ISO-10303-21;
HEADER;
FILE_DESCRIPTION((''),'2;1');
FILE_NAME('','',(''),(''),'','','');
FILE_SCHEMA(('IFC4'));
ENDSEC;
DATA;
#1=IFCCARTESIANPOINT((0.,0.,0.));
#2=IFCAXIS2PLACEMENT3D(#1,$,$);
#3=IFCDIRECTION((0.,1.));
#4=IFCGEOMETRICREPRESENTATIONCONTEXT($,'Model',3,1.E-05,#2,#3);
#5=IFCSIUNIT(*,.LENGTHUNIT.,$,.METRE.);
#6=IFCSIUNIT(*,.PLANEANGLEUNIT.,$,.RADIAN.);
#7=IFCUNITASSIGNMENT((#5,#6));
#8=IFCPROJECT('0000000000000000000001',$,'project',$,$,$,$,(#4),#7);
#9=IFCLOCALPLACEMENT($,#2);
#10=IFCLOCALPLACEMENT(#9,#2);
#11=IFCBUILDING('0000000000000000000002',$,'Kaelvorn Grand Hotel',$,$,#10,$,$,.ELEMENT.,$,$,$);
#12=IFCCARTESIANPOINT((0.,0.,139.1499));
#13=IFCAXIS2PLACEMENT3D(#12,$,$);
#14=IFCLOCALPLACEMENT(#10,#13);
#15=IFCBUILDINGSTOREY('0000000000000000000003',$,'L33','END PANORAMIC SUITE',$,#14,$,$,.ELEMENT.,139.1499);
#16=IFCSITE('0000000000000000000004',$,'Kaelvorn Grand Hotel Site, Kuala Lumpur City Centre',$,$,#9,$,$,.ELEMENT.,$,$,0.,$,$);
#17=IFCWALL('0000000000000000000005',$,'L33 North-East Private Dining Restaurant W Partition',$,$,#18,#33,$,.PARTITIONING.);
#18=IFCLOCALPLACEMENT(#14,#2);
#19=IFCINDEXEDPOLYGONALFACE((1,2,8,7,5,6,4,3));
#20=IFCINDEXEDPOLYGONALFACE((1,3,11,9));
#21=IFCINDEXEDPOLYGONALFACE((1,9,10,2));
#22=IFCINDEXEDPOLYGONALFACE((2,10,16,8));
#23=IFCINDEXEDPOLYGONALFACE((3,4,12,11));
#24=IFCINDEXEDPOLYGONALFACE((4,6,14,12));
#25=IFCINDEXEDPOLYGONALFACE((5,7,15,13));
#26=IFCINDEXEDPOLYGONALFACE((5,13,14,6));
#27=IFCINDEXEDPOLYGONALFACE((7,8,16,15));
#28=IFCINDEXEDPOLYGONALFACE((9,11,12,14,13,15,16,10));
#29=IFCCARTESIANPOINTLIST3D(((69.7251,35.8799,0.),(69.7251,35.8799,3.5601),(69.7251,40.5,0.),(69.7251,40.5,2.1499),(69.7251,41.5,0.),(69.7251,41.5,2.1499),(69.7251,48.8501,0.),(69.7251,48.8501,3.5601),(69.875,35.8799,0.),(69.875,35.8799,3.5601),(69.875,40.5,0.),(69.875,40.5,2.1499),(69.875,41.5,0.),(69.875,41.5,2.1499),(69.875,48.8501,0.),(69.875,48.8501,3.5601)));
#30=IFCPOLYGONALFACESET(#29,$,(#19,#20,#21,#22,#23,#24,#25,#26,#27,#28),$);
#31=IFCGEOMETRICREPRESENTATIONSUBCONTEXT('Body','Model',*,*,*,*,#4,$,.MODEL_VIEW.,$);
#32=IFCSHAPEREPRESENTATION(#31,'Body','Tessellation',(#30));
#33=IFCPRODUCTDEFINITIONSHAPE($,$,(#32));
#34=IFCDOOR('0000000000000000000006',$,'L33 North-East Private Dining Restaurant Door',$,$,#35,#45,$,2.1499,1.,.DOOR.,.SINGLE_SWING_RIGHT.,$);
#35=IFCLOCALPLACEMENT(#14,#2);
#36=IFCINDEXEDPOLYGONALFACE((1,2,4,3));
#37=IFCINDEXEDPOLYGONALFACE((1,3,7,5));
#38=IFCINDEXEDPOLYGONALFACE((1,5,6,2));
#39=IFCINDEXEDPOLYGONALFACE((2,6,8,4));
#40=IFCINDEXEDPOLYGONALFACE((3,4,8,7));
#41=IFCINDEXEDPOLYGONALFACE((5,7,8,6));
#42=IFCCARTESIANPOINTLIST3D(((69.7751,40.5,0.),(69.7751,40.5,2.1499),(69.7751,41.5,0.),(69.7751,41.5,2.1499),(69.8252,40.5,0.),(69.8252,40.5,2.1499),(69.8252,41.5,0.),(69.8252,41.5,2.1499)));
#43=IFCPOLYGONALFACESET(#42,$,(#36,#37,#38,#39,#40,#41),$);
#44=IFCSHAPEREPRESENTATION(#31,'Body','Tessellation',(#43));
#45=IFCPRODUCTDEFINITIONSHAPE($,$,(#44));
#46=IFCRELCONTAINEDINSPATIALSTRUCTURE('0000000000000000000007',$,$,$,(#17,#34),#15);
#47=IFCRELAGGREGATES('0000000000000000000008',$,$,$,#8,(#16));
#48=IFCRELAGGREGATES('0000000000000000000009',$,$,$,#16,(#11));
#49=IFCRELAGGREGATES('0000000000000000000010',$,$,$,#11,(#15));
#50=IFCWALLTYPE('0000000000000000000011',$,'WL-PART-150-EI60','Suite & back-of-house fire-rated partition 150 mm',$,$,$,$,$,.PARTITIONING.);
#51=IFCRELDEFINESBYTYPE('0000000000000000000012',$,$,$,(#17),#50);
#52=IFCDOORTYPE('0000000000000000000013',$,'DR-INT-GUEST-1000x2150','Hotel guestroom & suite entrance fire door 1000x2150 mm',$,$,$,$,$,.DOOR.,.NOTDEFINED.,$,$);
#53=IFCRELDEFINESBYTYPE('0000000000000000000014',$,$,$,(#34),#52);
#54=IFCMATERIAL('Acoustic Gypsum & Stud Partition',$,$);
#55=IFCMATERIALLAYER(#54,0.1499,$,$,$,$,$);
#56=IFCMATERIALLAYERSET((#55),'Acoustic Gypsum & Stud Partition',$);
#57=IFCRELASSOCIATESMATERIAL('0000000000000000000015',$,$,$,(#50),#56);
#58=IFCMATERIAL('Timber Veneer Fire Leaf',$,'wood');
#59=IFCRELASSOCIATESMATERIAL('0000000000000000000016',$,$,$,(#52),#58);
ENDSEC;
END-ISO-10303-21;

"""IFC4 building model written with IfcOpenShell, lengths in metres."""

from ifc_helpers import new_model, si_unit, direction, frame, frame_2d, origin, place, context, subcontext, project, spatial, rectangle, extrude, material, layer, layer_set, type_object, element, fill, save


model = new_model("IFC4")

# Units and contexts
model_context = context("Model", 3, precision=1e-05, world=origin(), true_north=direction((0.0, 1.0)))
body_context = subcontext(model_context, "Body", "Model", "MODEL_VIEW")
ifc_project = project(units=[si_unit("LENGTHUNIT", "METRE"), si_unit("PLANEANGLEUNIT", "RADIAN")], contexts=[model_context])

# Site, building, storey
site_placement = place(None, origin())
site = spatial("IfcSite", under=ifc_project, at=site_placement, Name="Kaelvorn Grand Hotel Site, Kuala Lumpur City Centre", CompositionType="ELEMENT", RefElevation=0.0)
building_placement = place(site_placement, origin())
building = spatial("IfcBuilding", under=site, at=building_placement, Name="Kaelvorn Grand Hotel", CompositionType="ELEMENT")
storey_placement = place(building_placement, frame((0.0, 0.0, 139.1499)))
storey = spatial("IfcBuildingStorey", under=building, at=storey_placement, Name="L33", Description="END PANORAMIC SUITE", CompositionType="ELEMENT", Elevation=139.1499)

# Wall, opening, door
ifc_material_1 = material(Name="Acoustic Gypsum & Stud Partition")
ifc_layer_1 = layer(ifc_material_1, 0.1499)
ifc_layer_set_1 = layer_set([ifc_layer_1], Name="Acoustic Gypsum & Stud Partition")
wall_type = type_object("IfcWallType", Name="WL-PART-150-EI60", Description="Suite & back-of-house fire-rated partition 150 mm", PredefinedType="PARTITIONING", material=ifc_layer_set_1)
wall_placement = place(storey_placement, frame((69.8, 35.8799, 0.0), z_axis=(0.0, 0.0, 1.0), x_axis=(0.0, 1.0, 0.0)))
wall = element("IfcWall", 1, at=wall_placement, inside=storey, type_object=wall_type, Name="L33 North-East Private Dining Restaurant W Partition", PredefinedType="PARTITIONING", context=body_context, shape_type="SweptSolid", body=[
    extrude(rectangle(XDim=12.9702, YDim=0.1499, at=frame_2d((6.4851, 0.0))), origin(), (0.0, 0.0, 1.0), 3.5601),
])
opening_placement = place(wall_placement, frame((4.6201, 0.0, 0.0)))
opening = element("IfcOpeningElement", 2, at=opening_placement, cuts=wall, PredefinedType="OPENING", context=body_context, shape_type="SweptSolid", body=[
    extrude(rectangle(XDim=1.0, YDim=2.1499, at=frame_2d((0.5, 1.075))), frame((0.0, 0.085, 0.0), z_axis=(0.0, -1.0, 0.0), x_axis=(1.0, 0.0, 0.0)), (0.0, 0.0, 1.0), 0.1699),
])
ifc_material_2 = material(Name="Timber Veneer Fire Leaf", Category="wood")
door_type = type_object("IfcDoorType", Name="DR-INT-GUEST-1000x2150", Description="Hotel guestroom & suite entrance fire door 1000x2150 mm", OperationType="NOTDEFINED", PredefinedType="DOOR", material=ifc_material_2)
door_placement = place(opening_placement, origin())
door = element("IfcDoor", 3, at=door_placement, inside=storey, type_object=door_type, Name="L33 North-East Private Dining Restaurant Door", OperationType="SINGLE_SWING_RIGHT", OverallHeight=2.1499, OverallWidth=1.0, PredefinedType="DOOR", context=body_context, shape_type="SweptSolid", body=[
    extrude(rectangle(XDim=1.0, YDim=2.1499, at=frame_2d((0.5, 1.075))), frame((0.0, 0.0249, 0.0), z_axis=(0.0, -1.0, 0.0), x_axis=(1.0, 0.0, 0.0)), (0.0, 0.0, 1.0), 0.05),
])
fill(opening, door)

save(model, "model.ifc")
